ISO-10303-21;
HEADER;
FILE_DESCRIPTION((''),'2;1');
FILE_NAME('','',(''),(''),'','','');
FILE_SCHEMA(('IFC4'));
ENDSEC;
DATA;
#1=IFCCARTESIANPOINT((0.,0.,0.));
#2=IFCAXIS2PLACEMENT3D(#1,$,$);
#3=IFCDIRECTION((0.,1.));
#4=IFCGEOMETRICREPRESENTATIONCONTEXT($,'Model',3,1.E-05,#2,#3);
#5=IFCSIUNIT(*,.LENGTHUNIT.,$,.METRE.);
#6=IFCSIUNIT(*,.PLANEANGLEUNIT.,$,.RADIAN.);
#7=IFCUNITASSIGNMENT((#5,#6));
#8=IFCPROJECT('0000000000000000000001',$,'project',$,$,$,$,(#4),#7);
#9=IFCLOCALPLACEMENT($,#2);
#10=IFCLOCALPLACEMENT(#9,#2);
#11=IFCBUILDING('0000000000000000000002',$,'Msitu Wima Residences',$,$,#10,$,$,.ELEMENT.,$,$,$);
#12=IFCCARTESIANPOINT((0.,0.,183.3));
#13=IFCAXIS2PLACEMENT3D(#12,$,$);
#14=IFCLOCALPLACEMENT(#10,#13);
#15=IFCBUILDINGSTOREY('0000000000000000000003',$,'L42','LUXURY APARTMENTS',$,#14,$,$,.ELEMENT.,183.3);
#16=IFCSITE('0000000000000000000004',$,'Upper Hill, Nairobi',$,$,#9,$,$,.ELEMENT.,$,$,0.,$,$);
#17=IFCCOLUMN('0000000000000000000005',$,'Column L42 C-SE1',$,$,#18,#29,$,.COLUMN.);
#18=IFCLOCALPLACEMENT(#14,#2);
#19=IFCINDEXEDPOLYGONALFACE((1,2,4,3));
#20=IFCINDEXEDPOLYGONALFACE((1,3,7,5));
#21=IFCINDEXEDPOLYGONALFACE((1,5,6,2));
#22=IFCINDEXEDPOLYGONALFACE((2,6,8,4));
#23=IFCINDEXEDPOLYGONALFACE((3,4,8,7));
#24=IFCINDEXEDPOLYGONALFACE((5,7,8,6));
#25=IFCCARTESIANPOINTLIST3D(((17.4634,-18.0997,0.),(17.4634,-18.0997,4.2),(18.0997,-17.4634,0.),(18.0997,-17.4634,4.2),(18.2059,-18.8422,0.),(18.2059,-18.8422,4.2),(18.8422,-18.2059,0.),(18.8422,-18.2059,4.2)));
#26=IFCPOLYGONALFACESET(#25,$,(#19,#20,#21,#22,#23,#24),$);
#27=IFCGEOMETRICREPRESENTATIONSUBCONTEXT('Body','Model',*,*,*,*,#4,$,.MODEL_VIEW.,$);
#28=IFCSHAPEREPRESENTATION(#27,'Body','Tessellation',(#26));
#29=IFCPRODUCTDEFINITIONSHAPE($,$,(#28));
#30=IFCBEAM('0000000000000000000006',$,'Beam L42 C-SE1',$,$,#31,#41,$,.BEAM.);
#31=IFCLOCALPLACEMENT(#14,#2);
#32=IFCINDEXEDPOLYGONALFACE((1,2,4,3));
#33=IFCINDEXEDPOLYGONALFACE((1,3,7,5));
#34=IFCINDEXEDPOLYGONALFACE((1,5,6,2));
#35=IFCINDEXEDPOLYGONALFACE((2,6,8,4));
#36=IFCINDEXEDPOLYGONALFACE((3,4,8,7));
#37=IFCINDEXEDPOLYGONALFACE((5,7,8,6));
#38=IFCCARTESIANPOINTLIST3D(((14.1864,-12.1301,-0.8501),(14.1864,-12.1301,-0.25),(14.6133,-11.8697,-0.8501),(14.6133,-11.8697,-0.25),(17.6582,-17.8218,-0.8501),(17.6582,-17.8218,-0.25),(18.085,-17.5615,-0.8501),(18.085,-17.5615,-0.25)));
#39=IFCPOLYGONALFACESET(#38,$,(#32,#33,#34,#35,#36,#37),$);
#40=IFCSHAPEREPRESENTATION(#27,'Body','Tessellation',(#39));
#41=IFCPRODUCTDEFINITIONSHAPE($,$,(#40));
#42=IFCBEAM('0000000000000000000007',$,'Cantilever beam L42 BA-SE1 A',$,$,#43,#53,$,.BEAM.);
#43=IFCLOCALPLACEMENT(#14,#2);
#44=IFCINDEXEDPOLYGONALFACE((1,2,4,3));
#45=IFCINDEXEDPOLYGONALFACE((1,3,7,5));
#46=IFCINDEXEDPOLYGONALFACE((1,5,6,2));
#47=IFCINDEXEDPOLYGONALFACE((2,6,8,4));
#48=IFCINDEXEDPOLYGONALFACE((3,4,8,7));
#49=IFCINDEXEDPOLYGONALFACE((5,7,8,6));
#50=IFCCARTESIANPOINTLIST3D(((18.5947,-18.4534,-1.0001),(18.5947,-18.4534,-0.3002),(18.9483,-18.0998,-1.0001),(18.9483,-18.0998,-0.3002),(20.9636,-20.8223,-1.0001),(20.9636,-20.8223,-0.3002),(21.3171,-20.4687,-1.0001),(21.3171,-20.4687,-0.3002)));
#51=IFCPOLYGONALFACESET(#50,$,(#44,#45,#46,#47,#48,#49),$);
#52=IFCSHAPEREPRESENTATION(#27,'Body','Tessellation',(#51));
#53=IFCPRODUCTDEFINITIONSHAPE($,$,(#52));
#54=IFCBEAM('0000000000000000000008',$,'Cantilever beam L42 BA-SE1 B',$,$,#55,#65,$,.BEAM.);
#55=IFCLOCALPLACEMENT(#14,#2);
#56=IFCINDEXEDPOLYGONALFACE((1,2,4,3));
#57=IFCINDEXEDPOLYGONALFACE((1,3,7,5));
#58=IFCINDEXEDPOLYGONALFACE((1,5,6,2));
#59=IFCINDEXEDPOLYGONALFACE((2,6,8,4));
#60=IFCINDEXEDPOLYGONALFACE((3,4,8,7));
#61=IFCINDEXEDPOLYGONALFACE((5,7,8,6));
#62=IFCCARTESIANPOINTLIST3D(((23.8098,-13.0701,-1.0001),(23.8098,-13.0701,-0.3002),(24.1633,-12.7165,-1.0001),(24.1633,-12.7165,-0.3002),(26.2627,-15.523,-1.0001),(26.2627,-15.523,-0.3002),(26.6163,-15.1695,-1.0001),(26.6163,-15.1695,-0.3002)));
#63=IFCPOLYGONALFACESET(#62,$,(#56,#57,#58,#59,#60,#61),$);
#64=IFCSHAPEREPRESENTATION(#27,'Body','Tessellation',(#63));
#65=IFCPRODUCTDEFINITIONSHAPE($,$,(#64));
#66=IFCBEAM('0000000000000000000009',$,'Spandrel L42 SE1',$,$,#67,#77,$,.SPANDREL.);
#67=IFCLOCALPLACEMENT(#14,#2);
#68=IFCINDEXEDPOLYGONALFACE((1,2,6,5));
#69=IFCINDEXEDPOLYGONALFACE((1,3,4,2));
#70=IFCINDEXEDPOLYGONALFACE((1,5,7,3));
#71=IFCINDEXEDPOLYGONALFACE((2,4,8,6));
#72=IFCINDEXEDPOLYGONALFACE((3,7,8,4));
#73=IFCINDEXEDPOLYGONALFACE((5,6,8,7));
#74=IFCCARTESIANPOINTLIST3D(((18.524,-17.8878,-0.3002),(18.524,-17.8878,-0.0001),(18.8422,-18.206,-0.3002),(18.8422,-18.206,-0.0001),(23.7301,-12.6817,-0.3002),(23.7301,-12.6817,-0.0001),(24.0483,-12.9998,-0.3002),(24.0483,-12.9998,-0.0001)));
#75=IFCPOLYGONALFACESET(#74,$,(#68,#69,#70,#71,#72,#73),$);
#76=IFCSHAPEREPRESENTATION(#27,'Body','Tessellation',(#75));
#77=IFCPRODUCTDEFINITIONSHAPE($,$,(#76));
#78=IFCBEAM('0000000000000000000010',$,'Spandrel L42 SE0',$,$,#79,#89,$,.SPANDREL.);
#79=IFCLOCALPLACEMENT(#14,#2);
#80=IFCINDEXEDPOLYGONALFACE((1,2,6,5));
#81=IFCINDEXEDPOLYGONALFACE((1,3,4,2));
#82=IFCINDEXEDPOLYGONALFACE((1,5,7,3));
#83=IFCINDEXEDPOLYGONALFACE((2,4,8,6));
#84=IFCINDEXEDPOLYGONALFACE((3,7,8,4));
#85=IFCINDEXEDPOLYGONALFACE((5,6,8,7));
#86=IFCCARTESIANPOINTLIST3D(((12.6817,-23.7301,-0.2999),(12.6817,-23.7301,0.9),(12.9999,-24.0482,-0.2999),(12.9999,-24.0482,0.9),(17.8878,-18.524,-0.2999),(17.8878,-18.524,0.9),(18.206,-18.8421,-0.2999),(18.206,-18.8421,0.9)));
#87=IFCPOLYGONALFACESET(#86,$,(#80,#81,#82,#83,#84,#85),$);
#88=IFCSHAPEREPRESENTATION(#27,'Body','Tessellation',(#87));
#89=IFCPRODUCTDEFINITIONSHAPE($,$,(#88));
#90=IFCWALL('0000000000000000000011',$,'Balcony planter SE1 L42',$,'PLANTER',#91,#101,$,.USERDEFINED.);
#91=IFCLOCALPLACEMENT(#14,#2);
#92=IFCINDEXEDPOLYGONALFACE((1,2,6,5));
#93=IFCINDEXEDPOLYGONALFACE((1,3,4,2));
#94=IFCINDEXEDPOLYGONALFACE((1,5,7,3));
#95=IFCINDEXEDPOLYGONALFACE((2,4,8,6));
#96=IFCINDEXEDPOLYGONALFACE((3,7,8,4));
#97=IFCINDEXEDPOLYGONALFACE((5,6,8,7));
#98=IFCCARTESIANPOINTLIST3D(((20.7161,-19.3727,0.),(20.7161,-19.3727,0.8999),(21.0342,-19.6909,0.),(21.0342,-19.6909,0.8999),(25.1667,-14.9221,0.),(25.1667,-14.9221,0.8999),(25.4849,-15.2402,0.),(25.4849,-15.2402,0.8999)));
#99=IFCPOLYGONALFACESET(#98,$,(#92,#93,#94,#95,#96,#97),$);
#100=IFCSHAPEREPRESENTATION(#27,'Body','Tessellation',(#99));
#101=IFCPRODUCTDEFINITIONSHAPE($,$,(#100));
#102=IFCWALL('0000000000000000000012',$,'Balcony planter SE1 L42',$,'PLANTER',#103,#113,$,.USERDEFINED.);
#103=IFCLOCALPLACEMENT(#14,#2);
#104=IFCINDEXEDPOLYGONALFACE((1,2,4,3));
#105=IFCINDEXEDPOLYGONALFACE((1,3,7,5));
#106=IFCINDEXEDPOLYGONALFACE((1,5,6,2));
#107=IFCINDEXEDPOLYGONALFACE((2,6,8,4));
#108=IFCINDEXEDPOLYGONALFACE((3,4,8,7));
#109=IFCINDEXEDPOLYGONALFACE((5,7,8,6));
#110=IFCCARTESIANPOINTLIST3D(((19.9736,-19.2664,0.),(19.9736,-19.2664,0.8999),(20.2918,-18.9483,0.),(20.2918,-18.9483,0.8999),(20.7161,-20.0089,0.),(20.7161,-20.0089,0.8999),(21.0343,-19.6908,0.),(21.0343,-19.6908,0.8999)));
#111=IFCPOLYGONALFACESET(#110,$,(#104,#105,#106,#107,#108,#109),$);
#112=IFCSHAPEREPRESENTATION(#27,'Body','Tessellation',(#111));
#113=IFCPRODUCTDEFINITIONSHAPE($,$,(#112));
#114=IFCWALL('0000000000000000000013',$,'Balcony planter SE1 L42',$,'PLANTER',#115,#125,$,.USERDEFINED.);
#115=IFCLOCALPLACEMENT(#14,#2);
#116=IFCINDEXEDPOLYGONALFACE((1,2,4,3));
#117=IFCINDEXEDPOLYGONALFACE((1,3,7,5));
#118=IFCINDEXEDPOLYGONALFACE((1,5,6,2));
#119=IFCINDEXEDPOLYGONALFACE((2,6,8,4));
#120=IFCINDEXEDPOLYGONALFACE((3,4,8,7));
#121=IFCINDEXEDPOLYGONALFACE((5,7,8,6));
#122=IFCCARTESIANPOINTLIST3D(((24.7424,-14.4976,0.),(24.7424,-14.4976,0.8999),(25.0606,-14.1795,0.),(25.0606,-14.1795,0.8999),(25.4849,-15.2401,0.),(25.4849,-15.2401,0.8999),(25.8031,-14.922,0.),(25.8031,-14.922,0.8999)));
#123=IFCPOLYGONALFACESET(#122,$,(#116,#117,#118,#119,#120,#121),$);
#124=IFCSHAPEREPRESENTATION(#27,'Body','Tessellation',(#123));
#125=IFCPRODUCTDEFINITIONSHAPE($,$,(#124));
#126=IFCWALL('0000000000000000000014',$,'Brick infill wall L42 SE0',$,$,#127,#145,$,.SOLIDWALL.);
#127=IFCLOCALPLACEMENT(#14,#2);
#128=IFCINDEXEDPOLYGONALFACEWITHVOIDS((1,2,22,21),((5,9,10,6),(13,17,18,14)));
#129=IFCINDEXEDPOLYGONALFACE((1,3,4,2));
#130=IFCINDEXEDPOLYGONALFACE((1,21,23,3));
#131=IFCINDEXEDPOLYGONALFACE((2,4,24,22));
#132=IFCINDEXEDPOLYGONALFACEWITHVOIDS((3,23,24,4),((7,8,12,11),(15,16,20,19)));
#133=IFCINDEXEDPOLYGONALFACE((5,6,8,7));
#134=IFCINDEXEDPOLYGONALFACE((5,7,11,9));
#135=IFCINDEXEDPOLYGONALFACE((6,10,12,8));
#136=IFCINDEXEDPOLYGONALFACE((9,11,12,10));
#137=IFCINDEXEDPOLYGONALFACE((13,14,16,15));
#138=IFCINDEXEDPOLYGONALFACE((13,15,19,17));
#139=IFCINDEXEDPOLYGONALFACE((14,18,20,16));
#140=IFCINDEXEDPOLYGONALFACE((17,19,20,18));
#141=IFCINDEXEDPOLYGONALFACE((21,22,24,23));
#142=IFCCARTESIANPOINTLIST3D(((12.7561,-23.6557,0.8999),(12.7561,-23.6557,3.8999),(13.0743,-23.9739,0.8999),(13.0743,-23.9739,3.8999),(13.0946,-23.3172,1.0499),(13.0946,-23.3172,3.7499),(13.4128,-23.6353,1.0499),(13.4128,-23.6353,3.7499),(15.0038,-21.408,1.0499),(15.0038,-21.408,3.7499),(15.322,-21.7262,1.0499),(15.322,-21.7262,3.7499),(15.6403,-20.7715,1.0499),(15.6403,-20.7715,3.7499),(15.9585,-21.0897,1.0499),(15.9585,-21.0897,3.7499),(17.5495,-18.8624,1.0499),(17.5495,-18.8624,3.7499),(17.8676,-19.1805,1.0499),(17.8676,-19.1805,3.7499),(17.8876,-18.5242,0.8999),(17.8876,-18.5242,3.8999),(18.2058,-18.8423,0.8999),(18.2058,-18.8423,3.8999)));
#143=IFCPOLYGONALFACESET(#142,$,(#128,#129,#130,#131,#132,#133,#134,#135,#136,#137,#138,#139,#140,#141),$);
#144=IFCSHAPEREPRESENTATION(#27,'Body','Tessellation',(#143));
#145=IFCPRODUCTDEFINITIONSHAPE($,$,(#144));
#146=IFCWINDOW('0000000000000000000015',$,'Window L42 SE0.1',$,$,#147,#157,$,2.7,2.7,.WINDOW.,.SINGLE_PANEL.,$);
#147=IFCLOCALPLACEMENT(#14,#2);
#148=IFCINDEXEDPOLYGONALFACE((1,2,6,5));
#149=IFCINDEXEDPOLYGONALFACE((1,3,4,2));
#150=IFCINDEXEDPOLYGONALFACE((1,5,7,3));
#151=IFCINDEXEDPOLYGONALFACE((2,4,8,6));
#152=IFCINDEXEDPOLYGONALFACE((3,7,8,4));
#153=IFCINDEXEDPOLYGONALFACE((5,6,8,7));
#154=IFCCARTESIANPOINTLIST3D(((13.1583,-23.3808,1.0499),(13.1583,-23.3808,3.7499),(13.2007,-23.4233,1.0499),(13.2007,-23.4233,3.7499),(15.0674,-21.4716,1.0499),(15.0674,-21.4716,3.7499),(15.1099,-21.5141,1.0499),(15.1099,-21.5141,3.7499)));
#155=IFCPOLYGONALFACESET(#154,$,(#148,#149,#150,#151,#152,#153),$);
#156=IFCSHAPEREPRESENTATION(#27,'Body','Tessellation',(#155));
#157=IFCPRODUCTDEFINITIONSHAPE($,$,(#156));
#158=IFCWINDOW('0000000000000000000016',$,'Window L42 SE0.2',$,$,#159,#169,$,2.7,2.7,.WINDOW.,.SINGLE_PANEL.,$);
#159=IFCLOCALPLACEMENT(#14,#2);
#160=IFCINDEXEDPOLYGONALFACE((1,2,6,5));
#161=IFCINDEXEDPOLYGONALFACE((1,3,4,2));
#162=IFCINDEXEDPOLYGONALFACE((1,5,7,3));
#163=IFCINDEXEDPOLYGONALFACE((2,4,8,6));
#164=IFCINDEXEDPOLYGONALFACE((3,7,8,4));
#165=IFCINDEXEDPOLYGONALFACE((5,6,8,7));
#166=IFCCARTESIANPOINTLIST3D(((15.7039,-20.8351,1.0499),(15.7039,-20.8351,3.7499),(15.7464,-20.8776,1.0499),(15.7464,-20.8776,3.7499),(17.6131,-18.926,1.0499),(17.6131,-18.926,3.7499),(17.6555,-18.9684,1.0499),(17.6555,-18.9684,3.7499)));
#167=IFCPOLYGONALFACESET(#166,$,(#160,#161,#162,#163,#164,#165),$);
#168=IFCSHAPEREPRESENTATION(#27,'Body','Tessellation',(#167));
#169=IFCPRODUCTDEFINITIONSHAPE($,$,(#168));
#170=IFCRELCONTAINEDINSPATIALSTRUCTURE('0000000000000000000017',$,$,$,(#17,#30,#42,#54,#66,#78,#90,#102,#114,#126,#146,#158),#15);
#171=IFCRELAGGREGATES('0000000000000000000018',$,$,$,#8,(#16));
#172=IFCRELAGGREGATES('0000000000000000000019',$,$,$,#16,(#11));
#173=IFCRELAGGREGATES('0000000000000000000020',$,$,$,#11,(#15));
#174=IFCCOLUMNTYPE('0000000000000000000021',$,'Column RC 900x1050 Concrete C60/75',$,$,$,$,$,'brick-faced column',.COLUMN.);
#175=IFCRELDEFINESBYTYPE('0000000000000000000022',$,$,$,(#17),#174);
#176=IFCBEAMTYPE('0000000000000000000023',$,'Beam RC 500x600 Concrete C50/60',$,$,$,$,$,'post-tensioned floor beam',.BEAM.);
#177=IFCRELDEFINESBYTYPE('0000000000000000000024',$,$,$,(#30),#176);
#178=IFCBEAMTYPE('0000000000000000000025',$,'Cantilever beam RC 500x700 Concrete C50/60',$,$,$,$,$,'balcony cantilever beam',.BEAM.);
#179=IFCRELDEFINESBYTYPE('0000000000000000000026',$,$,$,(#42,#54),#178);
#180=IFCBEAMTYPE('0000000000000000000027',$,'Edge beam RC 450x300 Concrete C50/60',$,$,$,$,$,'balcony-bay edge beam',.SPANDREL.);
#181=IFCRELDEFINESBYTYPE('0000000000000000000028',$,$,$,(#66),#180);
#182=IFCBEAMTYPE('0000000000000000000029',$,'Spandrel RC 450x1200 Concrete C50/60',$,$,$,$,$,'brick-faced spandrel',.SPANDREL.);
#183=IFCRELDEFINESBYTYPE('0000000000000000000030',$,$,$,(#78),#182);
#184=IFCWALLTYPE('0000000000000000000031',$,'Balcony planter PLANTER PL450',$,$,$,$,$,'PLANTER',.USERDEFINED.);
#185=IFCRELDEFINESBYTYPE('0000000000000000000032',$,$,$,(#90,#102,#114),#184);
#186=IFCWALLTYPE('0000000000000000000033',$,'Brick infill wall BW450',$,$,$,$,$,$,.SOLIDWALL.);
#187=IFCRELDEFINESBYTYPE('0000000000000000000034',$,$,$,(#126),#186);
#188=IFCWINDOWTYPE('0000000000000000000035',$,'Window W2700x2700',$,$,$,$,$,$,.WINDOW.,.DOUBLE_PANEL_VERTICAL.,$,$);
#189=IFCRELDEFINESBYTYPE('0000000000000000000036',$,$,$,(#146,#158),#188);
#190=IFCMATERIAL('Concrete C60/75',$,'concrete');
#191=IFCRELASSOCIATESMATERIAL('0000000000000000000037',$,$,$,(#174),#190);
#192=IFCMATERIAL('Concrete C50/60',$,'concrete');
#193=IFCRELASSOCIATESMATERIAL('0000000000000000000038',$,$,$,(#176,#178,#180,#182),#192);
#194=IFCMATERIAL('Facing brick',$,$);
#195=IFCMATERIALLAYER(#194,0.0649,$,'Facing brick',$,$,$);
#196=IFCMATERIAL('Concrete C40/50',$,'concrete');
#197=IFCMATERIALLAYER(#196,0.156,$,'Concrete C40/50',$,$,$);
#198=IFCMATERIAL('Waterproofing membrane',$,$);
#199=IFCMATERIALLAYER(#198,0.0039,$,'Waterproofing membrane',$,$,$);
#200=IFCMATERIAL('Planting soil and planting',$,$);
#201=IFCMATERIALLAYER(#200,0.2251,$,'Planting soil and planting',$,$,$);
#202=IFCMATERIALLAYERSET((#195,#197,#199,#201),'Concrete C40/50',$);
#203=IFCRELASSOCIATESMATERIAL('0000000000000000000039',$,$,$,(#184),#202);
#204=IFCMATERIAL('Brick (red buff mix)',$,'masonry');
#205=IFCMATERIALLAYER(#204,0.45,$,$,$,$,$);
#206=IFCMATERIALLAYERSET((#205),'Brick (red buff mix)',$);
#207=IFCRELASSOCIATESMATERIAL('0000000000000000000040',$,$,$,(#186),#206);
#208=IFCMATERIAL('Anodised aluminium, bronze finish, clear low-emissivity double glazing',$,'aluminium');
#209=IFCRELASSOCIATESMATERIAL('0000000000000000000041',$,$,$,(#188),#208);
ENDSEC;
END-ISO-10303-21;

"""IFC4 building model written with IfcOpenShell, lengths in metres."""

from ifc_helpers import new_model, si_unit, direction, frame, frame_2d, origin, origin_2d, place, context, subcontext, project, spatial, rectangle, extrude, material, layer, layer_set, material_profile, profile_set, type_object, element, fill, save


model = new_model("IFC4")

# Units and contexts
model_context = context("Model", 3, precision=1e-05, world=origin(), true_north=direction((0.0, 1.0)))
body_context = subcontext(model_context, "Body", "Model", "MODEL_VIEW")
ifc_project = project(units=[si_unit("LENGTHUNIT", "METRE"), si_unit("PLANEANGLEUNIT", "RADIAN")], contexts=[model_context])

# Site, building, storey
site_placement = place(None, origin())
site = spatial("IfcSite", under=ifc_project, at=site_placement, Name="Upper Hill, Nairobi", CompositionType="ELEMENT", RefElevation=0.0)
building_placement = place(site_placement, origin())
building = spatial("IfcBuilding", under=site, at=building_placement, Name="Msitu Wima Residences", CompositionType="ELEMENT")
storey_placement = place(building_placement, frame((0.0, 0.0, 183.3)))
storey = spatial("IfcBuildingStorey", under=building, at=storey_placement, Name="L42", Description="LUXURY APARTMENTS", CompositionType="ELEMENT", Elevation=183.3)

# Column
ifc_material_1 = material(Name="Concrete C60/75", Category="concrete")
ifc_material_profile_1 = material_profile(ifc_material_1, rectangle(XDim=0.8999, YDim=1.05, at=origin_2d()), Name="RC 900x1050")
ifc_profile_set_1 = profile_set([ifc_material_profile_1], Name="Concrete C60/75")
column_type = type_object("IfcColumnType", Name="Column RC 900x1050 Concrete C60/75", ElementType="brick-faced column", PredefinedType="COLUMN", material=ifc_profile_set_1)
column_placement = place(storey_placement, frame((18.1528, -18.1528, 0.0), z_axis=(0.0, 0.0, 1.0), x_axis=(0.707107, 0.707107, 0.0)))
element("IfcColumn", 1, at=column_placement, inside=storey, type_object=column_type, Name="Column L42 C-SE1", PredefinedType="COLUMN", context=body_context, shape_type="SweptSolid", body=[
    extrude(rectangle(XDim=0.8999, YDim=1.05, at=origin_2d()), origin(), (0.0, 0.0, 1.0), 4.2),
])

# Beams
ifc_material_2 = material(Name="Concrete C50/60", Category="concrete")
ifc_material_profile_2 = material_profile(ifc_material_2, rectangle(XDim=0.5, YDim=0.6001, at=origin_2d()), Name="RC 500x600")
ifc_profile_set_2 = profile_set([ifc_material_profile_2], Name="Concrete C50/60")
beam_type_1 = type_object("IfcBeamType", Name="Beam RC 500x600 Concrete C50/60", ElementType="post-tensioned floor beam", PredefinedType="BEAM", material=ifc_profile_set_2)
beam_1_placement = place(storey_placement, frame((17.8716, -17.6917, -0.55), z_axis=(-0.520734, 0.853719, 0.0), x_axis=(-0.853719, -0.520734, 0.0)))
element("IfcBeam", 2, at=beam_1_placement, inside=storey, type_object=beam_type_1, Name="Beam L42 C-SE1", PredefinedType="BEAM", context=body_context, shape_type="SweptSolid", body=[
    extrude(rectangle(XDim=0.5, YDim=0.6001, at=origin_2d()), origin(), (0.0, 0.0, 1.0), 6.667),
])
ifc_material_profile_3 = material_profile(ifc_material_2, rectangle(XDim=0.5, YDim=0.7, at=origin_2d()), Name="RC 500x700")
ifc_profile_set_3 = profile_set([ifc_material_profile_3], Name="Concrete C50/60")
beam_type_2 = type_object("IfcBeamType", Name="Cantilever beam RC 500x700 Concrete C50/60", ElementType="balcony cantilever beam", PredefinedType="BEAM", material=ifc_profile_set_3)
beam_2_placement = place(storey_placement, frame((18.7715, -18.2766, -0.6501), z_axis=(0.707107, -0.707107, 0.0), x_axis=(0.707107, 0.707107, 0.0)))
element("IfcBeam", 3, at=beam_2_placement, inside=storey, type_object=beam_type_2, Name="Cantilever beam L42 BA-SE1 A", PredefinedType="BEAM", context=body_context, shape_type="SweptSolid", body=[
    extrude(rectangle(XDim=0.5, YDim=0.7, at=origin_2d()), origin(), (0.0, 0.0, 1.0), 3.3501),
])
beam_3_placement = place(storey_placement, frame((23.9866, -12.8933, -0.6501), z_axis=(0.707107, -0.707107, 0.0), x_axis=(0.707107, 0.707107, 0.0)))
element("IfcBeam", 4, at=beam_3_placement, inside=storey, type_object=beam_type_2, Name="Cantilever beam L42 BA-SE1 B", PredefinedType="BEAM", context=body_context, shape_type="SweptSolid", body=[
    extrude(rectangle(XDim=0.5, YDim=0.7, at=origin_2d()), origin(), (0.0, 0.0, 1.0), 3.469),
])
ifc_material_profile_4 = material_profile(ifc_material_2, rectangle(XDim=0.45, YDim=0.3, at=origin_2d()), Name="RC 450x300")
ifc_profile_set_4 = profile_set([ifc_material_profile_4], Name="Concrete C50/60")
beam_type_3 = type_object("IfcBeamType", Name="Edge beam RC 450x300 Concrete C50/60", ElementType="balcony-bay edge beam", PredefinedType="SPANDREL", material=ifc_profile_set_4)
beam_4_placement = place(storey_placement, frame((18.6831, -18.0469, -0.1501), z_axis=(0.707107, 0.707107, 0.0), x_axis=(-0.707107, 0.707107, 0.0)))
element("IfcBeam", 5, at=beam_4_placement, inside=storey, type_object=beam_type_3, Name="Spandrel L42 SE1", PredefinedType="SPANDREL", context=body_context, shape_type="SweptSolid", body=[
    extrude(rectangle(XDim=0.45, YDim=0.3, at=origin_2d()), origin(), (0.0, 0.0, 1.0), 7.3625),
])
ifc_material_profile_5 = material_profile(ifc_material_2, rectangle(XDim=0.45, YDim=1.2, at=origin_2d()), Name="RC 450x1200")
ifc_profile_set_5 = profile_set([ifc_material_profile_5], Name="Concrete C50/60")
beam_type_4 = type_object("IfcBeamType", Name="Spandrel RC 450x1200 Concrete C50/60", ElementType="brick-faced spandrel", PredefinedType="SPANDREL", material=ifc_profile_set_5)
beam_5_placement = place(storey_placement, frame((12.8408, -23.8892, 0.3), z_axis=(0.707107, 0.707107, 0.0), x_axis=(-0.707107, 0.707107, 0.0)))
element("IfcBeam", 6, at=beam_5_placement, inside=storey, type_object=beam_type_4, Name="Spandrel L42 SE0", PredefinedType="SPANDREL", context=body_context, shape_type="SweptSolid", body=[
    extrude(rectangle(XDim=0.45, YDim=1.2, at=origin_2d()), origin(), (0.0, 0.0, 1.0), 7.3625),
])

# Walls
ifc_material_3 = material(Name="Facing brick")
ifc_layer_1 = layer(ifc_material_3, 0.0649, Name="Facing brick")
ifc_material_4 = material(Name="Concrete C40/50", Category="concrete")
ifc_layer_2 = layer(ifc_material_4, 0.156, Name="Concrete C40/50")
ifc_material_5 = material(Name="Waterproofing membrane")
ifc_layer_3 = layer(ifc_material_5, 0.0039, Name="Waterproofing membrane")
ifc_material_6 = material(Name="Planting soil and planting")
ifc_layer_4 = layer(ifc_material_6, 0.2251, Name="Planting soil and planting")
ifc_layer_set_1 = layer_set([ifc_layer_1, ifc_layer_2, ifc_layer_3, ifc_layer_4], Name="Concrete C40/50")
wall_type_1 = type_object("IfcWallType", Name="Balcony planter PLANTER PL450", ElementType="PLANTER", PredefinedType="USERDEFINED", material=ifc_layer_set_1)
wall_1_placement = place(storey_placement, frame((20.8752, -19.5317, 0.0), z_axis=(0.0, 0.0, 1.0), x_axis=(0.707107, 0.707107, 0.0)))
element("IfcWall", 7, at=wall_1_placement, inside=storey, type_object=wall_type_1, Name="Balcony planter SE1 L42", ObjectType="PLANTER", PredefinedType="USERDEFINED", context=body_context, shape_type="SweptSolid", body=[
    extrude(rectangle(XDim=6.2942, YDim=0.45, at=frame_2d((3.147, 0.0))), origin(), (0.0, 0.0, 1.0), 0.8999),
])
for number, where, z_axis, x_axis, name in (
    (8, (20.1328, -19.1074, 0.0), (0.0, 0.0, 1.0), (0.707107, -0.707107, 0.0), "Balcony planter SE1 L42"),
    (9, (24.9016, -14.3386, 0.0), (0.0, 0.0, 1.0), (0.707107, -0.707107, 0.0), "Balcony planter SE1 L42"),
):
    element("IfcWall", number, at=place(storey_placement, frame(where, z_axis=z_axis, x_axis=x_axis)), inside=storey, type_object=wall_type_1, Name=name, ObjectType="PLANTER", PredefinedType="USERDEFINED", context=body_context, shape_type="SweptSolid", body=[
        extrude(rectangle(XDim=1.05, YDim=0.45, at=frame_2d((0.5249, 0.0))), origin(), (0.0, 0.0, 1.0), 0.8999),
    ])

# Wall, openings, windows
ifc_material_7 = material(Name="Brick (red buff mix)", Category="masonry")
ifc_layer_5 = layer(ifc_material_7, 0.45)
ifc_layer_set_2 = layer_set([ifc_layer_5], Name="Brick (red buff mix)")
wall_type_2 = type_object("IfcWallType", Name="Brick infill wall BW450", PredefinedType="SOLIDWALL", material=ifc_layer_set_2)
wall_2_placement = place(storey_placement, frame((12.9153, -23.8147, 0.8999), z_axis=(0.0, 0.0, 1.0), x_axis=(0.707107, 0.707107, 0.0)))
wall_2 = element("IfcWall", 10, at=wall_2_placement, inside=storey, type_object=wall_type_2, Name="Brick infill wall L42 SE0", PredefinedType="SOLIDWALL", context=body_context, shape_type="SweptSolid", body=[
    extrude(rectangle(XDim=7.2571, YDim=0.45, at=frame_2d((3.6284, 0.0))), origin(), (0.0, 0.0, 1.0), 3.0),
])
opening_1_placement = place(wall_2_placement, frame((0.4785, 0.0, 0.1499)))
opening_1 = element("IfcOpeningElement", 11, at=opening_1_placement, cuts=wall_2, PredefinedType="OPENING", context=body_context, shape_type="SweptSolid", body=[
    extrude(rectangle(XDim=2.7, YDim=2.7, at=frame_2d((1.3501, 1.3501))), frame((0.0, 0.2349, 0.0), z_axis=(0.0, -1.0, 0.0), x_axis=(1.0, 0.0, 0.0)), (0.0, 0.0, 1.0), 0.47),
])
opening_2_placement = place(wall_2_placement, frame((4.0786, 0.0, 0.1499)))
opening_2 = element("IfcOpeningElement", 12, at=opening_2_placement, cuts=wall_2, PredefinedType="OPENING", context=body_context, shape_type="SweptSolid", body=[
    extrude(rectangle(XDim=2.7, YDim=2.7, at=frame_2d((1.3501, 1.3501))), frame((0.0, 0.2349, 0.0), z_axis=(0.0, -1.0, 0.0), x_axis=(1.0, 0.0, 0.0)), (0.0, 0.0, 1.0), 0.47),
])
ifc_material_8 = material(Name="Anodised aluminium, bronze finish, clear low-emissivity double glazing", Category="aluminium")
window_type = type_object("IfcWindowType", Name="Window W2700x2700", PartitioningType="DOUBLE_PANEL_VERTICAL", PredefinedType="WINDOW", material=ifc_material_8)
window_1_placement = place(opening_1_placement, origin())
window_1 = element("IfcWindow", 13, at=window_1_placement, inside=storey, type_object=window_type, Name="Window L42 SE0.1", OverallHeight=2.7, OverallWidth=2.7, PartitioningType="SINGLE_PANEL", PredefinedType="WINDOW", context=body_context, shape_type="SweptSolid", body=[
    extrude(rectangle(XDim=2.7, YDim=2.7, at=frame_2d((1.3501, 1.3501))), frame((0.0, 0.135, 0.0), z_axis=(0.0, -1.0, 0.0), x_axis=(1.0, 0.0, 0.0)), (0.0, 0.0, 1.0), 0.0601),
])
fill(opening_1, window_1)
window_2_placement = place(opening_2_placement, origin())
window_2 = element("IfcWindow", 14, at=window_2_placement, inside=storey, type_object=window_type, Name="Window L42 SE0.2", OverallHeight=2.7, OverallWidth=2.7, PartitioningType="SINGLE_PANEL", PredefinedType="WINDOW", context=body_context, shape_type="SweptSolid", body=[
    extrude(rectangle(XDim=2.7, YDim=2.7, at=frame_2d((1.3501, 1.3501))), frame((0.0, 0.135, 0.0), z_axis=(0.0, -1.0, 0.0), x_axis=(1.0, 0.0, 0.0)), (0.0, 0.0, 1.0), 0.0601),
])
fill(opening_2, window_2)

save(model, "model.ifc")
